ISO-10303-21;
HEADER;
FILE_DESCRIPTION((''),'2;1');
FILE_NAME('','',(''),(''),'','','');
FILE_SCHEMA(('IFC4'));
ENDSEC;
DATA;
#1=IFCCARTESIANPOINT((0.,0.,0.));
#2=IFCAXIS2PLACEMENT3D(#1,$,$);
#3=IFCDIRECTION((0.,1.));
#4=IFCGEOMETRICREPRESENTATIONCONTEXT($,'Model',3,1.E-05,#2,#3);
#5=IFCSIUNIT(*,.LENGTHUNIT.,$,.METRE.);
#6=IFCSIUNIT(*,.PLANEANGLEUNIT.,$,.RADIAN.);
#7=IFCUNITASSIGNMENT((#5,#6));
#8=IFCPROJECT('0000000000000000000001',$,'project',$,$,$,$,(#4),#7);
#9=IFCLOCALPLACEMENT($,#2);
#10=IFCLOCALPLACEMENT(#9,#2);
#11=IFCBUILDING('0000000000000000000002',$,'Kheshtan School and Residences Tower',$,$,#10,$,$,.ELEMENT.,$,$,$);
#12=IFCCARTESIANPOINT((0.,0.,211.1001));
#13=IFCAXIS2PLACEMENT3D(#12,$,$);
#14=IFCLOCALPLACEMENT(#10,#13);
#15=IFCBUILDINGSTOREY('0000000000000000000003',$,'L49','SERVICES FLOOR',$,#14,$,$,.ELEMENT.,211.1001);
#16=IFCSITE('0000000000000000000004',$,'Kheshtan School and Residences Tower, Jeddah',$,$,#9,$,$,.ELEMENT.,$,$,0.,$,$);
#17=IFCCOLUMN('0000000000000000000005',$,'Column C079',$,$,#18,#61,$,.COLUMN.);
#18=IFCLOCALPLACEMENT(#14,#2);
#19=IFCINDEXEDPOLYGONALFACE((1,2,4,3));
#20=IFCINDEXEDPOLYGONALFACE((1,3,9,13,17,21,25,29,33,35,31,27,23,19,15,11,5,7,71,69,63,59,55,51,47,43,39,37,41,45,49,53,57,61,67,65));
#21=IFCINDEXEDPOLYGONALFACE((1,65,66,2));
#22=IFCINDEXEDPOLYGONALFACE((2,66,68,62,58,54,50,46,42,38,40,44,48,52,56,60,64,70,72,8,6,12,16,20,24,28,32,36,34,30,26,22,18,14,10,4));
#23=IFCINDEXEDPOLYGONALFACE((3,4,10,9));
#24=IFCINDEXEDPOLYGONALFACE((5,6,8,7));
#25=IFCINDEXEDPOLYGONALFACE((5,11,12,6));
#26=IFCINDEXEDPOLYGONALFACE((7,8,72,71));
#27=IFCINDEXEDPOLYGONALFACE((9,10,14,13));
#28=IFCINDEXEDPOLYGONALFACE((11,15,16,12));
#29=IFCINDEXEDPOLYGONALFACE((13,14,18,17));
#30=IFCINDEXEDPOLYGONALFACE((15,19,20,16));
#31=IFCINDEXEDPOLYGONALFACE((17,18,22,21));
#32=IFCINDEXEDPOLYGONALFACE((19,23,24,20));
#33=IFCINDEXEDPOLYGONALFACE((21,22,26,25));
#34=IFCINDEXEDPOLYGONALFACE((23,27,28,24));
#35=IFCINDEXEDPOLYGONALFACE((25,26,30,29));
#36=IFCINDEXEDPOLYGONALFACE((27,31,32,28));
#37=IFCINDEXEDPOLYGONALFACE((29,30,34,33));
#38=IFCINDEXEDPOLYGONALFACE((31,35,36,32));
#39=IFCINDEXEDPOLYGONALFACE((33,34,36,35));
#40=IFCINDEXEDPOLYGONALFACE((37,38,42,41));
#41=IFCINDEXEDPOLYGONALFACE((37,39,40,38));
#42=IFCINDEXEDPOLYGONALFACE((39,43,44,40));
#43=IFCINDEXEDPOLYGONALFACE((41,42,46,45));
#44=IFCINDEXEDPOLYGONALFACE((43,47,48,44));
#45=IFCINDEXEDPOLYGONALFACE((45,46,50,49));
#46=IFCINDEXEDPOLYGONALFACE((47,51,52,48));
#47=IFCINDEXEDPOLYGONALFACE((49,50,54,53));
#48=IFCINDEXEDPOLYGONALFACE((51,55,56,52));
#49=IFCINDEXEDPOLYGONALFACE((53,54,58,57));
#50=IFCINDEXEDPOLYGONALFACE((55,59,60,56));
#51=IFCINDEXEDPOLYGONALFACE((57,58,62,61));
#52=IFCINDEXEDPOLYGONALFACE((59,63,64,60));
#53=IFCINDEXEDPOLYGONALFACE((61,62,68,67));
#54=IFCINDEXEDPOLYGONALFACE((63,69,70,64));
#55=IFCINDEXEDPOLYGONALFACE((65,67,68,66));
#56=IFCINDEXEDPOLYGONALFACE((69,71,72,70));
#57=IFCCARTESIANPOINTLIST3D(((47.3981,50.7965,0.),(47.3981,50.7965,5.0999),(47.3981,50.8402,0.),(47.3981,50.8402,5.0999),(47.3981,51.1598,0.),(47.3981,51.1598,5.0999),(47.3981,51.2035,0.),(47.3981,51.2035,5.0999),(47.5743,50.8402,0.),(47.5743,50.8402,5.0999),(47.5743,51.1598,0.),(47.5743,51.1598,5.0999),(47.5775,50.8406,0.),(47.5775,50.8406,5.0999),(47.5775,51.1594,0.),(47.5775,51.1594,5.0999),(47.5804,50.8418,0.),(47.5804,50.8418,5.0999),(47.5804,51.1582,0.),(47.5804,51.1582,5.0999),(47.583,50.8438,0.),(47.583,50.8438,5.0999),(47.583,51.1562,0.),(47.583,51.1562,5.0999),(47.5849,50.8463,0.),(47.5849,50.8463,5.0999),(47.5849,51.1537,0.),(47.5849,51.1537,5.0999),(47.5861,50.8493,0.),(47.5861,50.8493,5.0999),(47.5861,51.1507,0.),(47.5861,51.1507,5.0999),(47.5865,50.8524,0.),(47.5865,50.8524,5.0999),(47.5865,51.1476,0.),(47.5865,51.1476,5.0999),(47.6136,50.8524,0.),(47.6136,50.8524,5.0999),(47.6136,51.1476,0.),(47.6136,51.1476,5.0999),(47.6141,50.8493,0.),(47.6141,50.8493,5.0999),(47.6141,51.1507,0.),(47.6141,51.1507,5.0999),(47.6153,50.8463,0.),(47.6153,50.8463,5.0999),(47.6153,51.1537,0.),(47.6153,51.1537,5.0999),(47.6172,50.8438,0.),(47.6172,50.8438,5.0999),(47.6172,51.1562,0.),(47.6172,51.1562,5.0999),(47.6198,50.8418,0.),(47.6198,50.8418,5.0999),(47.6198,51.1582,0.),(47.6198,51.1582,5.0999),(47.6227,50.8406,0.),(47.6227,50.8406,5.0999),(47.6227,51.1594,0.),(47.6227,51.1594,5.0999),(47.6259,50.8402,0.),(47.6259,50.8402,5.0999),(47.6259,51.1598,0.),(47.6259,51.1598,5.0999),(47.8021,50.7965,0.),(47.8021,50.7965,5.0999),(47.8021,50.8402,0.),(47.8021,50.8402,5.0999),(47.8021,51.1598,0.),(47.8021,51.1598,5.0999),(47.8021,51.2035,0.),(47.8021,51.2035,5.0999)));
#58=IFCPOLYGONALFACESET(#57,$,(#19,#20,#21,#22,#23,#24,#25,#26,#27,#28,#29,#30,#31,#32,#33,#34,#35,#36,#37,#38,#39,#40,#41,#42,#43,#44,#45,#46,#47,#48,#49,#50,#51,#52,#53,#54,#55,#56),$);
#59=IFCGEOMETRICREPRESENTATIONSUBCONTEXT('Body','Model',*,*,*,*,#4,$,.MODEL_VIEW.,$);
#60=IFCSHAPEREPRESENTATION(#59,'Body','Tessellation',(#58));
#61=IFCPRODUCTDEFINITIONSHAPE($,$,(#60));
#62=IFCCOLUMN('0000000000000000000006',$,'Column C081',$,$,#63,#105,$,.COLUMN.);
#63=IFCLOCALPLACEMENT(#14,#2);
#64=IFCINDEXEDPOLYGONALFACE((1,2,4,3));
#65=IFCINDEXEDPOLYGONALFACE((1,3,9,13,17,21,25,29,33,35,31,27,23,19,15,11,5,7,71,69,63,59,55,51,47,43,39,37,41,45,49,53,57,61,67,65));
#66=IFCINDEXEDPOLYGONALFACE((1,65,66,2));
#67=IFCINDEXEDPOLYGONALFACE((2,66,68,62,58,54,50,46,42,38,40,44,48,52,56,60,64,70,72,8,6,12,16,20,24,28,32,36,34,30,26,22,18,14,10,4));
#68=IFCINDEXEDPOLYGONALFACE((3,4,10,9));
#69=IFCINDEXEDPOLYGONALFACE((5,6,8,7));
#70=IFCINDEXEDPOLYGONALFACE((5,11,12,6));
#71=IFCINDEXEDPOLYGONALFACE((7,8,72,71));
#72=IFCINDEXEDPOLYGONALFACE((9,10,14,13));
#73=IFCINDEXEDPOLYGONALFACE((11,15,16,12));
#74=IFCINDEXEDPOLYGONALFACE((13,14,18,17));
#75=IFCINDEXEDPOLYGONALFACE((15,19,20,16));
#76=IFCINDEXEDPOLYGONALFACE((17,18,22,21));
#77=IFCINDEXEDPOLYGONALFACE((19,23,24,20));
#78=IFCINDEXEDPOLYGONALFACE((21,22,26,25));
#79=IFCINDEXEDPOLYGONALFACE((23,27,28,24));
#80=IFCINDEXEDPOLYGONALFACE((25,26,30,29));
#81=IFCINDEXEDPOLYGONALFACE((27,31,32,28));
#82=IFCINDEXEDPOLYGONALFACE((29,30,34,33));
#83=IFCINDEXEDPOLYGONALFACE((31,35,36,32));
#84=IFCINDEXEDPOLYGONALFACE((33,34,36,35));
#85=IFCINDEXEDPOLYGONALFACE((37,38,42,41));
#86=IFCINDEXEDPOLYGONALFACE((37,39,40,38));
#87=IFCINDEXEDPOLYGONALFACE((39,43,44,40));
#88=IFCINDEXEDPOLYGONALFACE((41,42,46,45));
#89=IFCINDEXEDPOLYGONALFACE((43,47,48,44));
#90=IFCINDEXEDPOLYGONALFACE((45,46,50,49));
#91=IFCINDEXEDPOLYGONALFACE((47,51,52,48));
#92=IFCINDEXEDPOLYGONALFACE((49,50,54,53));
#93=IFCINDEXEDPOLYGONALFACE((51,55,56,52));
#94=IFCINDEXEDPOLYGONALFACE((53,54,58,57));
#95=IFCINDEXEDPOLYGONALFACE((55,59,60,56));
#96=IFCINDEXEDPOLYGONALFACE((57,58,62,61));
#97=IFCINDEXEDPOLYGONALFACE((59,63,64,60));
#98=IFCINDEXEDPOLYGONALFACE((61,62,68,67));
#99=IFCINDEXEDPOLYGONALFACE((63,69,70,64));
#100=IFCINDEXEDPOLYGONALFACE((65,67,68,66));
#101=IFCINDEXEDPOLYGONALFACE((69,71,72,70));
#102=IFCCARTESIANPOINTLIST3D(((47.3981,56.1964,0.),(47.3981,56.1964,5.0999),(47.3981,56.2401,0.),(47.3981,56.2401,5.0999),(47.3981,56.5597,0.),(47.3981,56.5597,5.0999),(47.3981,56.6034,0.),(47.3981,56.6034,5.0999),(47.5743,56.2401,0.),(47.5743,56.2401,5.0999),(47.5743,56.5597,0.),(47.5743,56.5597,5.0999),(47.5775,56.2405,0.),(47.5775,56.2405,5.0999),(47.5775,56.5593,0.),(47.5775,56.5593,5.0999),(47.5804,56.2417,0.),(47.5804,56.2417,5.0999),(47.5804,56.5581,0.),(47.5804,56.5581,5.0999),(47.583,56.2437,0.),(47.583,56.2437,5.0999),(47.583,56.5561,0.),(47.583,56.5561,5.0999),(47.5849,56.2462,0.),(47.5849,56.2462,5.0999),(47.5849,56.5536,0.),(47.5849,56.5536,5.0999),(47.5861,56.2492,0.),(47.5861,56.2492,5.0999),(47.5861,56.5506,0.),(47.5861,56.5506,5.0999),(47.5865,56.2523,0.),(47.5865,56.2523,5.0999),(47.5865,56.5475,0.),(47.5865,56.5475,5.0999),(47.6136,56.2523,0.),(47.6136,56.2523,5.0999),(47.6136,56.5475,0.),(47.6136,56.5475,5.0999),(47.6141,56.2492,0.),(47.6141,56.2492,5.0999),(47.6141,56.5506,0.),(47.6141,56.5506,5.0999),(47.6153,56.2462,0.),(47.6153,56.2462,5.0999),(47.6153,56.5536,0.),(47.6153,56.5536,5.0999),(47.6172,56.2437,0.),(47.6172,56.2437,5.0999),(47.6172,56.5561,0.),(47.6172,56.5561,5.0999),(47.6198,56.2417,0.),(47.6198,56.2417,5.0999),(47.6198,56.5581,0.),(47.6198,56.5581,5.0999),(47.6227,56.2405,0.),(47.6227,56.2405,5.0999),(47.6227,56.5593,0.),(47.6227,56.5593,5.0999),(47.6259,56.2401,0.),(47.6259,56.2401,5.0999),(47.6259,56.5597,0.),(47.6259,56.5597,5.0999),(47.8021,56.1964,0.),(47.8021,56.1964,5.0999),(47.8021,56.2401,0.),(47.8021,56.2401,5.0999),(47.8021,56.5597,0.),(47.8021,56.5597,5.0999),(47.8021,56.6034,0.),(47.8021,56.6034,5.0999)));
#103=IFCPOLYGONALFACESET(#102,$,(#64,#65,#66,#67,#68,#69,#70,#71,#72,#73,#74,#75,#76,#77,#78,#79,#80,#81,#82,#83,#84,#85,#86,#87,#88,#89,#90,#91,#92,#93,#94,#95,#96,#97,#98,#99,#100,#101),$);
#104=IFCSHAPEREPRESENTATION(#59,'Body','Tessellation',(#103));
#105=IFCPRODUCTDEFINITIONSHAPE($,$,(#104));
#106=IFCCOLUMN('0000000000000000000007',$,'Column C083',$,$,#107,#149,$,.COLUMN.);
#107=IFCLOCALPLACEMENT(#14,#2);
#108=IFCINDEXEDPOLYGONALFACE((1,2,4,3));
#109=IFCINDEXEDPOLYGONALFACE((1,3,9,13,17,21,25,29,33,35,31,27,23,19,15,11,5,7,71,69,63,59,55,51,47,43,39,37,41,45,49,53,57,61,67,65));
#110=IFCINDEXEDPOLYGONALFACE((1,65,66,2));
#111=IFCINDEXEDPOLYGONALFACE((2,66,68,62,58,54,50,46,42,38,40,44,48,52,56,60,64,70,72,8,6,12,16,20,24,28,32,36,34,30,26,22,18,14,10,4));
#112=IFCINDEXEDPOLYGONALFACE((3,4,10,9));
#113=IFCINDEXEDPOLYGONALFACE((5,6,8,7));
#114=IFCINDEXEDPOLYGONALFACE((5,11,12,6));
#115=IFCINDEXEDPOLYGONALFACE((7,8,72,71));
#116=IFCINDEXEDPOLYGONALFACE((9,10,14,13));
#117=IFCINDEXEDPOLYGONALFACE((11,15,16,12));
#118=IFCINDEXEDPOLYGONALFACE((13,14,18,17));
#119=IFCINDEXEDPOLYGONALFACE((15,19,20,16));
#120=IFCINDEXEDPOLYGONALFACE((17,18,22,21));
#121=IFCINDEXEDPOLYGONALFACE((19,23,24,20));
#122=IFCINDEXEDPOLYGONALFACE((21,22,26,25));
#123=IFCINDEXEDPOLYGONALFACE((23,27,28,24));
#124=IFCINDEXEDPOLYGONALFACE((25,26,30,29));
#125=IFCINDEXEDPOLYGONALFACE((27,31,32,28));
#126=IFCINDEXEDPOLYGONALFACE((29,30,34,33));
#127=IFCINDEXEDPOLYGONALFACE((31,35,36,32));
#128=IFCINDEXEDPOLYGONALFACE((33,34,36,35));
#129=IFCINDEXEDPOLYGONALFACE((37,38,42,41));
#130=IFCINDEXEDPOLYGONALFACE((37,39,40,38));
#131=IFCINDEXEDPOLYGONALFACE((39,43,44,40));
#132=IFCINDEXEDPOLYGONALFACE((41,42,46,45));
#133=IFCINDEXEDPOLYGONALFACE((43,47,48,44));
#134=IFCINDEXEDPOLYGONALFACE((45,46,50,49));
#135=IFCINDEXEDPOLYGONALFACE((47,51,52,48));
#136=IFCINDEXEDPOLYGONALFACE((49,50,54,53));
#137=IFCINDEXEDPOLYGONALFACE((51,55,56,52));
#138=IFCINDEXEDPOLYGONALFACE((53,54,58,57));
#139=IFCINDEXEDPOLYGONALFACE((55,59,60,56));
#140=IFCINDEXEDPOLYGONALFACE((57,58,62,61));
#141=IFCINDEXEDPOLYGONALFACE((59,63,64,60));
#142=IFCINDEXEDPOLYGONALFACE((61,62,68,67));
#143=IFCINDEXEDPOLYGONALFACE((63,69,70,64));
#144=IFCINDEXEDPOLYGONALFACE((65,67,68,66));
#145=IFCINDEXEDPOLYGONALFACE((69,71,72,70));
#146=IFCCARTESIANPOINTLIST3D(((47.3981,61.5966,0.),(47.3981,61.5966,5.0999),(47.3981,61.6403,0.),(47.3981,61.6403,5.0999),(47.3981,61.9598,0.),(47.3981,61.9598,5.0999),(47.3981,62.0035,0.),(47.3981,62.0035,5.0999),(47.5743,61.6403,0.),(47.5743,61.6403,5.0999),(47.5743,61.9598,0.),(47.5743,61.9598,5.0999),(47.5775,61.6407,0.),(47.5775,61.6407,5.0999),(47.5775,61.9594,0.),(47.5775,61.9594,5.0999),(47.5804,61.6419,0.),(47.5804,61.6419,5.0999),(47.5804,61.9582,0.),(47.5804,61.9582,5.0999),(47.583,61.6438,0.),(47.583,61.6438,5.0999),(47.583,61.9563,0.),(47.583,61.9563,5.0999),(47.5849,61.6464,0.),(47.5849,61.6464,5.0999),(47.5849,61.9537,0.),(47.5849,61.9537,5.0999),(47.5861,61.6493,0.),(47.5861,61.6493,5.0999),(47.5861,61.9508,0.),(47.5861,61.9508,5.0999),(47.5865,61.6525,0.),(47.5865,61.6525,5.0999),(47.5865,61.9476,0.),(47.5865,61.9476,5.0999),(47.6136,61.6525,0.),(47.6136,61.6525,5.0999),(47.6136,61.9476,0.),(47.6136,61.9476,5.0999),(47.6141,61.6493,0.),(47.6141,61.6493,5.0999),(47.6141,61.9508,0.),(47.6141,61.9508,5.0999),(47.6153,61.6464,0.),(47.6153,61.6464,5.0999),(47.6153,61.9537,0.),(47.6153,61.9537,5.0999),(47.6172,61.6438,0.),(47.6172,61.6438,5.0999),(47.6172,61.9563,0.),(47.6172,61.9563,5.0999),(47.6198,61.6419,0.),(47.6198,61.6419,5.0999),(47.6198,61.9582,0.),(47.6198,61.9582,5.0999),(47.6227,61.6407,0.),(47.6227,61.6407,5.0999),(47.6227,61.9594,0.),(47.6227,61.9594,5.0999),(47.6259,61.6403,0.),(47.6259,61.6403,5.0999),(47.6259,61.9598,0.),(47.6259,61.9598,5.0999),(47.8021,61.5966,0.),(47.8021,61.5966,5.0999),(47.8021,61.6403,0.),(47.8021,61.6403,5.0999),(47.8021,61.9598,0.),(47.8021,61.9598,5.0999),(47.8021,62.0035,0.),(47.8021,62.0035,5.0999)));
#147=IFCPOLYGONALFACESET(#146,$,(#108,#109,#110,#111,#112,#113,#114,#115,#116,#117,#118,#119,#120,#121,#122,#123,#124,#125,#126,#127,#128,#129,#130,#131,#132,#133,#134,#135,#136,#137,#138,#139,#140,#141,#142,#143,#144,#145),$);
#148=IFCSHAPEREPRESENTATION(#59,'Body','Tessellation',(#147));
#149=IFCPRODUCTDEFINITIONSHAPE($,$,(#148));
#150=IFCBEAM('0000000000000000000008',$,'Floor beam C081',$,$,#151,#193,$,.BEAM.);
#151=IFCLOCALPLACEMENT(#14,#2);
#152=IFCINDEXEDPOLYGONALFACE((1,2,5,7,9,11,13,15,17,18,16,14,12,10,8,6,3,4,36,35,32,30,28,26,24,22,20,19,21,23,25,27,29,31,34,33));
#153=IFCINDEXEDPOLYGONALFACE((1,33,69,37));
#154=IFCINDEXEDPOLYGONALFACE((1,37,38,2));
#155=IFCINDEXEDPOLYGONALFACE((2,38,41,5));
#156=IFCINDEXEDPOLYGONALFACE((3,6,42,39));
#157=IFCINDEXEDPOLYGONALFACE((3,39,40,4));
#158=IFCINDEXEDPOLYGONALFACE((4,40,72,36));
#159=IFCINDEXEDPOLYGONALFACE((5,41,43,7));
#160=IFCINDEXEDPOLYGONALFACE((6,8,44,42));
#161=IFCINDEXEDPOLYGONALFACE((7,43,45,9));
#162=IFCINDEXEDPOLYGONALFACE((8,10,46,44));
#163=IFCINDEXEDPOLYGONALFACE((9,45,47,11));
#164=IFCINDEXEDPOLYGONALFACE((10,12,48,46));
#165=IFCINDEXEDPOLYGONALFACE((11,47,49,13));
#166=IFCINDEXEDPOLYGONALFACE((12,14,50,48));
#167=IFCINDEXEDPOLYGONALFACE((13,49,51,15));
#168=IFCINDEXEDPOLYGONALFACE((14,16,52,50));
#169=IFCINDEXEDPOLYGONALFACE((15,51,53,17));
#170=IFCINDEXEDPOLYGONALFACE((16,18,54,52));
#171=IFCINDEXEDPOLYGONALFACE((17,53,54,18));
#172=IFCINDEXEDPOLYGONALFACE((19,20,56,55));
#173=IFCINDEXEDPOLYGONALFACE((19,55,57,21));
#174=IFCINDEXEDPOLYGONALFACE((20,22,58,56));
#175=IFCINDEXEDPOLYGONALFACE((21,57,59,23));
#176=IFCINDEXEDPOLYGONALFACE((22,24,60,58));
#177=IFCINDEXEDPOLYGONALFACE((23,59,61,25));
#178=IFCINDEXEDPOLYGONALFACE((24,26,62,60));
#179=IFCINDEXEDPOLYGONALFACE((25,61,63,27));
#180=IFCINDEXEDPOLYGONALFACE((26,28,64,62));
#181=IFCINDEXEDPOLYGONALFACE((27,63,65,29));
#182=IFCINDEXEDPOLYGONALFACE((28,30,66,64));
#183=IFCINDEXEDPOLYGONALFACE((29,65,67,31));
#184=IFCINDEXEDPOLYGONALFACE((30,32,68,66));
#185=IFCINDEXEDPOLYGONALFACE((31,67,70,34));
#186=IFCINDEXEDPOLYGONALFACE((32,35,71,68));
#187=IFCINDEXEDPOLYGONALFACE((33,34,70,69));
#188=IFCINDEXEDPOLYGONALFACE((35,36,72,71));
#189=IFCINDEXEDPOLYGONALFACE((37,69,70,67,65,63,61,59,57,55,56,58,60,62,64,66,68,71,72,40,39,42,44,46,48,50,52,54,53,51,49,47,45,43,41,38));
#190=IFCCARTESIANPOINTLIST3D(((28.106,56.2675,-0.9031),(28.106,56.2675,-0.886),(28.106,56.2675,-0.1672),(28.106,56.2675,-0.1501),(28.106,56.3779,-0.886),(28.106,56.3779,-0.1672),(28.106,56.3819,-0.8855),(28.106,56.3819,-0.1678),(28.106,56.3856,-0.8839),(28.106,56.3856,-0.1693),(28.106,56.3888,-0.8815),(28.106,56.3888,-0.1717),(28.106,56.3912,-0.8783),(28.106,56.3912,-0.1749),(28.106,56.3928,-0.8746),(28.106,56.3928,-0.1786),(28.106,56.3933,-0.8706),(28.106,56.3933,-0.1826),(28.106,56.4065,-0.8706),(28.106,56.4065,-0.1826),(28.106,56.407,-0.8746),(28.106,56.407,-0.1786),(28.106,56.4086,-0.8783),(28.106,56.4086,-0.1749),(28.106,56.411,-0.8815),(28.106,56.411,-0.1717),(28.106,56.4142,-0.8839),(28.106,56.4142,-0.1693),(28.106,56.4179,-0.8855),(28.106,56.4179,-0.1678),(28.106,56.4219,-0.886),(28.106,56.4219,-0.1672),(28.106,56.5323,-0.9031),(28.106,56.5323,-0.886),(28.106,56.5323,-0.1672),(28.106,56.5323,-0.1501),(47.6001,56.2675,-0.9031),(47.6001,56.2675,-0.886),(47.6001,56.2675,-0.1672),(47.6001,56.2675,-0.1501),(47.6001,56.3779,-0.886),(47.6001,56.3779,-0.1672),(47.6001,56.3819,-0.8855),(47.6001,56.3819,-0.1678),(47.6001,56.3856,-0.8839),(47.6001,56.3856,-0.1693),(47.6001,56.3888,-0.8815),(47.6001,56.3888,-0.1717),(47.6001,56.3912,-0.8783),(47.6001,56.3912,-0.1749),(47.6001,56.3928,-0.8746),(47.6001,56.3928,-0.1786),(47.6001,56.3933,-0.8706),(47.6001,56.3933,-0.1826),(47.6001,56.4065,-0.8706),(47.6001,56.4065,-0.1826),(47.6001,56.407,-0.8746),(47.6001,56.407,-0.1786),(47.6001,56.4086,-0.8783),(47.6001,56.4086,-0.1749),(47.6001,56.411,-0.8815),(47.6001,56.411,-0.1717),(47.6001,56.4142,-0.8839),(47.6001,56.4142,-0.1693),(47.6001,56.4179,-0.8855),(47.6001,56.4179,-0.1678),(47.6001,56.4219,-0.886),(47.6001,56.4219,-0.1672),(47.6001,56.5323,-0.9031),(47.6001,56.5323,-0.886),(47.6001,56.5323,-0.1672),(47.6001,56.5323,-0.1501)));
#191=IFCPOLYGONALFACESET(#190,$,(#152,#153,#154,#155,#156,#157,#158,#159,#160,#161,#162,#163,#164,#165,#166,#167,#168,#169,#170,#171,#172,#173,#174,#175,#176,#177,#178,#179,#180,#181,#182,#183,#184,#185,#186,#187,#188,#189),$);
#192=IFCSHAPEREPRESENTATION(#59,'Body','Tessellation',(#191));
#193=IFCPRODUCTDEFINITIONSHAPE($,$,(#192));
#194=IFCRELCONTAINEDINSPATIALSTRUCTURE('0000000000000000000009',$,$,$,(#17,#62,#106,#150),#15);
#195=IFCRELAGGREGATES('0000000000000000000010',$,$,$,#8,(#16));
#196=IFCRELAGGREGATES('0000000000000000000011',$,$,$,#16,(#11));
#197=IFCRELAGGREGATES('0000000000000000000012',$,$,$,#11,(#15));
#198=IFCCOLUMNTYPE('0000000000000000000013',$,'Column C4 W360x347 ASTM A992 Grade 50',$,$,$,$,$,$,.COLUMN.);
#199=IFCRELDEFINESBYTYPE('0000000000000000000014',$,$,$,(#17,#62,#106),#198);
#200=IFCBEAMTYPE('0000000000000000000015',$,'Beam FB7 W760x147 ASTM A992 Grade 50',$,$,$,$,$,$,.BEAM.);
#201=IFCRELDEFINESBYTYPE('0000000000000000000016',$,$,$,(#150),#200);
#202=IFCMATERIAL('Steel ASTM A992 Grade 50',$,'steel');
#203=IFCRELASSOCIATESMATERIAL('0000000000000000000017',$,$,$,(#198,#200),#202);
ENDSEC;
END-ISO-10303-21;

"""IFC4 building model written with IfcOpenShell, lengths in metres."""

from ifc_helpers import new_model, si_unit, direction, frame, origin, origin_2d, place, context, subcontext, project, spatial, i_section, extrude, material, material_profile, profile_set, type_object, element, save


model = new_model("IFC4")

# Units and contexts
model_context = context("Model", 3, precision=1e-05, world=origin(), true_north=direction((0.0, 1.0)))
body_context = subcontext(model_context, "Body", "Model", "MODEL_VIEW")
ifc_project = project(units=[si_unit("LENGTHUNIT", "METRE"), si_unit("PLANEANGLEUNIT", "RADIAN")], contexts=[model_context])

# Site, building, storey
site_placement = place(None, origin())
site = spatial("IfcSite", under=ifc_project, at=site_placement, Name="Kheshtan School and Residences Tower, Jeddah", CompositionType="ELEMENT", RefElevation=0.0)
building_placement = place(site_placement, origin())
building = spatial("IfcBuilding", under=site, at=building_placement, Name="Kheshtan School and Residences Tower", CompositionType="ELEMENT")
storey_placement = place(building_placement, frame((0.0, 0.0, 211.1001)))
storey = spatial("IfcBuildingStorey", under=building, at=storey_placement, Name="L49", Description="SERVICES FLOOR", CompositionType="ELEMENT", Elevation=211.1001)

# Columns
ifc_material_1 = material(Name="Steel ASTM A992 Grade 50", Category="steel")
ifc_material_profile_1 = material_profile(ifc_material_1, i_section(OverallWidth=0.4041, OverallDepth=0.407, WebThickness=0.0271, FlangeThickness=0.0437, FilletRadius=0.0122, at=origin_2d()), Name="W360x347")
ifc_profile_set_1 = profile_set([ifc_material_profile_1], Name="Steel ASTM A992 Grade 50")
column_type = type_object("IfcColumnType", Name="Column C4 W360x347 ASTM A992 Grade 50", PredefinedType="COLUMN", material=ifc_profile_set_1)
for number, where, z_axis, x_axis, name in (
    (1, (47.6001, 51.0, 0.0), (0.0, 0.0, 1.0), (1.0, 0.0, 0.0), "Column C079"),
    (2, (47.6001, 56.3999, 0.0), (0.0, 0.0, 1.0), (1.0, 0.0, 0.0), "Column C081"),
    (3, (47.6001, 61.8, 0.0), (0.0, 0.0, 1.0), (1.0, 0.0, 0.0), "Column C083"),
):
    element("IfcColumn", number, at=place(storey_placement, frame(where, z_axis=z_axis, x_axis=x_axis)), inside=storey, type_object=column_type, Name=name, PredefinedType="COLUMN", context=body_context, shape_type="SweptSolid", body=[
        extrude(i_section(OverallWidth=0.4041, OverallDepth=0.407, WebThickness=0.0271, FlangeThickness=0.0437, FilletRadius=0.0122, at=origin_2d()), origin(), (0.0, 0.0, 1.0), 5.0999),
    ])

# Beam
ifc_material_profile_2 = material_profile(ifc_material_1, i_section(OverallWidth=0.2649, OverallDepth=0.7529, WebThickness=0.0132, FlangeThickness=0.0171, FilletRadius=0.0154, at=origin_2d()), Name="W760x147")
ifc_profile_set_2 = profile_set([ifc_material_profile_2], Name="Steel ASTM A992 Grade 50")
beam_type_1 = type_object("IfcBeamType", Name="Beam FB7 W760x147 ASTM A992 Grade 50", PredefinedType="BEAM", material=ifc_profile_set_2)
beam_1_placement = place(storey_placement, frame((47.6001, 56.3999, -0.5266), z_axis=(-1.0, 0.0, 0.0), x_axis=(0.0, -1.0, 0.0)))
element("IfcBeam", 4, at=beam_1_placement, inside=storey, type_object=beam_type_1, Name="Floor beam C081", PredefinedType="BEAM", context=body_context, shape_type="SweptSolid", body=[
    extrude(i_section(OverallWidth=0.2649, OverallDepth=0.7529, WebThickness=0.0132, FlangeThickness=0.0171, FilletRadius=0.0154, at=origin_2d()), origin(), (0.0, 0.0, 1.0), 19.4941),
])

save(model, "model.ifc")
